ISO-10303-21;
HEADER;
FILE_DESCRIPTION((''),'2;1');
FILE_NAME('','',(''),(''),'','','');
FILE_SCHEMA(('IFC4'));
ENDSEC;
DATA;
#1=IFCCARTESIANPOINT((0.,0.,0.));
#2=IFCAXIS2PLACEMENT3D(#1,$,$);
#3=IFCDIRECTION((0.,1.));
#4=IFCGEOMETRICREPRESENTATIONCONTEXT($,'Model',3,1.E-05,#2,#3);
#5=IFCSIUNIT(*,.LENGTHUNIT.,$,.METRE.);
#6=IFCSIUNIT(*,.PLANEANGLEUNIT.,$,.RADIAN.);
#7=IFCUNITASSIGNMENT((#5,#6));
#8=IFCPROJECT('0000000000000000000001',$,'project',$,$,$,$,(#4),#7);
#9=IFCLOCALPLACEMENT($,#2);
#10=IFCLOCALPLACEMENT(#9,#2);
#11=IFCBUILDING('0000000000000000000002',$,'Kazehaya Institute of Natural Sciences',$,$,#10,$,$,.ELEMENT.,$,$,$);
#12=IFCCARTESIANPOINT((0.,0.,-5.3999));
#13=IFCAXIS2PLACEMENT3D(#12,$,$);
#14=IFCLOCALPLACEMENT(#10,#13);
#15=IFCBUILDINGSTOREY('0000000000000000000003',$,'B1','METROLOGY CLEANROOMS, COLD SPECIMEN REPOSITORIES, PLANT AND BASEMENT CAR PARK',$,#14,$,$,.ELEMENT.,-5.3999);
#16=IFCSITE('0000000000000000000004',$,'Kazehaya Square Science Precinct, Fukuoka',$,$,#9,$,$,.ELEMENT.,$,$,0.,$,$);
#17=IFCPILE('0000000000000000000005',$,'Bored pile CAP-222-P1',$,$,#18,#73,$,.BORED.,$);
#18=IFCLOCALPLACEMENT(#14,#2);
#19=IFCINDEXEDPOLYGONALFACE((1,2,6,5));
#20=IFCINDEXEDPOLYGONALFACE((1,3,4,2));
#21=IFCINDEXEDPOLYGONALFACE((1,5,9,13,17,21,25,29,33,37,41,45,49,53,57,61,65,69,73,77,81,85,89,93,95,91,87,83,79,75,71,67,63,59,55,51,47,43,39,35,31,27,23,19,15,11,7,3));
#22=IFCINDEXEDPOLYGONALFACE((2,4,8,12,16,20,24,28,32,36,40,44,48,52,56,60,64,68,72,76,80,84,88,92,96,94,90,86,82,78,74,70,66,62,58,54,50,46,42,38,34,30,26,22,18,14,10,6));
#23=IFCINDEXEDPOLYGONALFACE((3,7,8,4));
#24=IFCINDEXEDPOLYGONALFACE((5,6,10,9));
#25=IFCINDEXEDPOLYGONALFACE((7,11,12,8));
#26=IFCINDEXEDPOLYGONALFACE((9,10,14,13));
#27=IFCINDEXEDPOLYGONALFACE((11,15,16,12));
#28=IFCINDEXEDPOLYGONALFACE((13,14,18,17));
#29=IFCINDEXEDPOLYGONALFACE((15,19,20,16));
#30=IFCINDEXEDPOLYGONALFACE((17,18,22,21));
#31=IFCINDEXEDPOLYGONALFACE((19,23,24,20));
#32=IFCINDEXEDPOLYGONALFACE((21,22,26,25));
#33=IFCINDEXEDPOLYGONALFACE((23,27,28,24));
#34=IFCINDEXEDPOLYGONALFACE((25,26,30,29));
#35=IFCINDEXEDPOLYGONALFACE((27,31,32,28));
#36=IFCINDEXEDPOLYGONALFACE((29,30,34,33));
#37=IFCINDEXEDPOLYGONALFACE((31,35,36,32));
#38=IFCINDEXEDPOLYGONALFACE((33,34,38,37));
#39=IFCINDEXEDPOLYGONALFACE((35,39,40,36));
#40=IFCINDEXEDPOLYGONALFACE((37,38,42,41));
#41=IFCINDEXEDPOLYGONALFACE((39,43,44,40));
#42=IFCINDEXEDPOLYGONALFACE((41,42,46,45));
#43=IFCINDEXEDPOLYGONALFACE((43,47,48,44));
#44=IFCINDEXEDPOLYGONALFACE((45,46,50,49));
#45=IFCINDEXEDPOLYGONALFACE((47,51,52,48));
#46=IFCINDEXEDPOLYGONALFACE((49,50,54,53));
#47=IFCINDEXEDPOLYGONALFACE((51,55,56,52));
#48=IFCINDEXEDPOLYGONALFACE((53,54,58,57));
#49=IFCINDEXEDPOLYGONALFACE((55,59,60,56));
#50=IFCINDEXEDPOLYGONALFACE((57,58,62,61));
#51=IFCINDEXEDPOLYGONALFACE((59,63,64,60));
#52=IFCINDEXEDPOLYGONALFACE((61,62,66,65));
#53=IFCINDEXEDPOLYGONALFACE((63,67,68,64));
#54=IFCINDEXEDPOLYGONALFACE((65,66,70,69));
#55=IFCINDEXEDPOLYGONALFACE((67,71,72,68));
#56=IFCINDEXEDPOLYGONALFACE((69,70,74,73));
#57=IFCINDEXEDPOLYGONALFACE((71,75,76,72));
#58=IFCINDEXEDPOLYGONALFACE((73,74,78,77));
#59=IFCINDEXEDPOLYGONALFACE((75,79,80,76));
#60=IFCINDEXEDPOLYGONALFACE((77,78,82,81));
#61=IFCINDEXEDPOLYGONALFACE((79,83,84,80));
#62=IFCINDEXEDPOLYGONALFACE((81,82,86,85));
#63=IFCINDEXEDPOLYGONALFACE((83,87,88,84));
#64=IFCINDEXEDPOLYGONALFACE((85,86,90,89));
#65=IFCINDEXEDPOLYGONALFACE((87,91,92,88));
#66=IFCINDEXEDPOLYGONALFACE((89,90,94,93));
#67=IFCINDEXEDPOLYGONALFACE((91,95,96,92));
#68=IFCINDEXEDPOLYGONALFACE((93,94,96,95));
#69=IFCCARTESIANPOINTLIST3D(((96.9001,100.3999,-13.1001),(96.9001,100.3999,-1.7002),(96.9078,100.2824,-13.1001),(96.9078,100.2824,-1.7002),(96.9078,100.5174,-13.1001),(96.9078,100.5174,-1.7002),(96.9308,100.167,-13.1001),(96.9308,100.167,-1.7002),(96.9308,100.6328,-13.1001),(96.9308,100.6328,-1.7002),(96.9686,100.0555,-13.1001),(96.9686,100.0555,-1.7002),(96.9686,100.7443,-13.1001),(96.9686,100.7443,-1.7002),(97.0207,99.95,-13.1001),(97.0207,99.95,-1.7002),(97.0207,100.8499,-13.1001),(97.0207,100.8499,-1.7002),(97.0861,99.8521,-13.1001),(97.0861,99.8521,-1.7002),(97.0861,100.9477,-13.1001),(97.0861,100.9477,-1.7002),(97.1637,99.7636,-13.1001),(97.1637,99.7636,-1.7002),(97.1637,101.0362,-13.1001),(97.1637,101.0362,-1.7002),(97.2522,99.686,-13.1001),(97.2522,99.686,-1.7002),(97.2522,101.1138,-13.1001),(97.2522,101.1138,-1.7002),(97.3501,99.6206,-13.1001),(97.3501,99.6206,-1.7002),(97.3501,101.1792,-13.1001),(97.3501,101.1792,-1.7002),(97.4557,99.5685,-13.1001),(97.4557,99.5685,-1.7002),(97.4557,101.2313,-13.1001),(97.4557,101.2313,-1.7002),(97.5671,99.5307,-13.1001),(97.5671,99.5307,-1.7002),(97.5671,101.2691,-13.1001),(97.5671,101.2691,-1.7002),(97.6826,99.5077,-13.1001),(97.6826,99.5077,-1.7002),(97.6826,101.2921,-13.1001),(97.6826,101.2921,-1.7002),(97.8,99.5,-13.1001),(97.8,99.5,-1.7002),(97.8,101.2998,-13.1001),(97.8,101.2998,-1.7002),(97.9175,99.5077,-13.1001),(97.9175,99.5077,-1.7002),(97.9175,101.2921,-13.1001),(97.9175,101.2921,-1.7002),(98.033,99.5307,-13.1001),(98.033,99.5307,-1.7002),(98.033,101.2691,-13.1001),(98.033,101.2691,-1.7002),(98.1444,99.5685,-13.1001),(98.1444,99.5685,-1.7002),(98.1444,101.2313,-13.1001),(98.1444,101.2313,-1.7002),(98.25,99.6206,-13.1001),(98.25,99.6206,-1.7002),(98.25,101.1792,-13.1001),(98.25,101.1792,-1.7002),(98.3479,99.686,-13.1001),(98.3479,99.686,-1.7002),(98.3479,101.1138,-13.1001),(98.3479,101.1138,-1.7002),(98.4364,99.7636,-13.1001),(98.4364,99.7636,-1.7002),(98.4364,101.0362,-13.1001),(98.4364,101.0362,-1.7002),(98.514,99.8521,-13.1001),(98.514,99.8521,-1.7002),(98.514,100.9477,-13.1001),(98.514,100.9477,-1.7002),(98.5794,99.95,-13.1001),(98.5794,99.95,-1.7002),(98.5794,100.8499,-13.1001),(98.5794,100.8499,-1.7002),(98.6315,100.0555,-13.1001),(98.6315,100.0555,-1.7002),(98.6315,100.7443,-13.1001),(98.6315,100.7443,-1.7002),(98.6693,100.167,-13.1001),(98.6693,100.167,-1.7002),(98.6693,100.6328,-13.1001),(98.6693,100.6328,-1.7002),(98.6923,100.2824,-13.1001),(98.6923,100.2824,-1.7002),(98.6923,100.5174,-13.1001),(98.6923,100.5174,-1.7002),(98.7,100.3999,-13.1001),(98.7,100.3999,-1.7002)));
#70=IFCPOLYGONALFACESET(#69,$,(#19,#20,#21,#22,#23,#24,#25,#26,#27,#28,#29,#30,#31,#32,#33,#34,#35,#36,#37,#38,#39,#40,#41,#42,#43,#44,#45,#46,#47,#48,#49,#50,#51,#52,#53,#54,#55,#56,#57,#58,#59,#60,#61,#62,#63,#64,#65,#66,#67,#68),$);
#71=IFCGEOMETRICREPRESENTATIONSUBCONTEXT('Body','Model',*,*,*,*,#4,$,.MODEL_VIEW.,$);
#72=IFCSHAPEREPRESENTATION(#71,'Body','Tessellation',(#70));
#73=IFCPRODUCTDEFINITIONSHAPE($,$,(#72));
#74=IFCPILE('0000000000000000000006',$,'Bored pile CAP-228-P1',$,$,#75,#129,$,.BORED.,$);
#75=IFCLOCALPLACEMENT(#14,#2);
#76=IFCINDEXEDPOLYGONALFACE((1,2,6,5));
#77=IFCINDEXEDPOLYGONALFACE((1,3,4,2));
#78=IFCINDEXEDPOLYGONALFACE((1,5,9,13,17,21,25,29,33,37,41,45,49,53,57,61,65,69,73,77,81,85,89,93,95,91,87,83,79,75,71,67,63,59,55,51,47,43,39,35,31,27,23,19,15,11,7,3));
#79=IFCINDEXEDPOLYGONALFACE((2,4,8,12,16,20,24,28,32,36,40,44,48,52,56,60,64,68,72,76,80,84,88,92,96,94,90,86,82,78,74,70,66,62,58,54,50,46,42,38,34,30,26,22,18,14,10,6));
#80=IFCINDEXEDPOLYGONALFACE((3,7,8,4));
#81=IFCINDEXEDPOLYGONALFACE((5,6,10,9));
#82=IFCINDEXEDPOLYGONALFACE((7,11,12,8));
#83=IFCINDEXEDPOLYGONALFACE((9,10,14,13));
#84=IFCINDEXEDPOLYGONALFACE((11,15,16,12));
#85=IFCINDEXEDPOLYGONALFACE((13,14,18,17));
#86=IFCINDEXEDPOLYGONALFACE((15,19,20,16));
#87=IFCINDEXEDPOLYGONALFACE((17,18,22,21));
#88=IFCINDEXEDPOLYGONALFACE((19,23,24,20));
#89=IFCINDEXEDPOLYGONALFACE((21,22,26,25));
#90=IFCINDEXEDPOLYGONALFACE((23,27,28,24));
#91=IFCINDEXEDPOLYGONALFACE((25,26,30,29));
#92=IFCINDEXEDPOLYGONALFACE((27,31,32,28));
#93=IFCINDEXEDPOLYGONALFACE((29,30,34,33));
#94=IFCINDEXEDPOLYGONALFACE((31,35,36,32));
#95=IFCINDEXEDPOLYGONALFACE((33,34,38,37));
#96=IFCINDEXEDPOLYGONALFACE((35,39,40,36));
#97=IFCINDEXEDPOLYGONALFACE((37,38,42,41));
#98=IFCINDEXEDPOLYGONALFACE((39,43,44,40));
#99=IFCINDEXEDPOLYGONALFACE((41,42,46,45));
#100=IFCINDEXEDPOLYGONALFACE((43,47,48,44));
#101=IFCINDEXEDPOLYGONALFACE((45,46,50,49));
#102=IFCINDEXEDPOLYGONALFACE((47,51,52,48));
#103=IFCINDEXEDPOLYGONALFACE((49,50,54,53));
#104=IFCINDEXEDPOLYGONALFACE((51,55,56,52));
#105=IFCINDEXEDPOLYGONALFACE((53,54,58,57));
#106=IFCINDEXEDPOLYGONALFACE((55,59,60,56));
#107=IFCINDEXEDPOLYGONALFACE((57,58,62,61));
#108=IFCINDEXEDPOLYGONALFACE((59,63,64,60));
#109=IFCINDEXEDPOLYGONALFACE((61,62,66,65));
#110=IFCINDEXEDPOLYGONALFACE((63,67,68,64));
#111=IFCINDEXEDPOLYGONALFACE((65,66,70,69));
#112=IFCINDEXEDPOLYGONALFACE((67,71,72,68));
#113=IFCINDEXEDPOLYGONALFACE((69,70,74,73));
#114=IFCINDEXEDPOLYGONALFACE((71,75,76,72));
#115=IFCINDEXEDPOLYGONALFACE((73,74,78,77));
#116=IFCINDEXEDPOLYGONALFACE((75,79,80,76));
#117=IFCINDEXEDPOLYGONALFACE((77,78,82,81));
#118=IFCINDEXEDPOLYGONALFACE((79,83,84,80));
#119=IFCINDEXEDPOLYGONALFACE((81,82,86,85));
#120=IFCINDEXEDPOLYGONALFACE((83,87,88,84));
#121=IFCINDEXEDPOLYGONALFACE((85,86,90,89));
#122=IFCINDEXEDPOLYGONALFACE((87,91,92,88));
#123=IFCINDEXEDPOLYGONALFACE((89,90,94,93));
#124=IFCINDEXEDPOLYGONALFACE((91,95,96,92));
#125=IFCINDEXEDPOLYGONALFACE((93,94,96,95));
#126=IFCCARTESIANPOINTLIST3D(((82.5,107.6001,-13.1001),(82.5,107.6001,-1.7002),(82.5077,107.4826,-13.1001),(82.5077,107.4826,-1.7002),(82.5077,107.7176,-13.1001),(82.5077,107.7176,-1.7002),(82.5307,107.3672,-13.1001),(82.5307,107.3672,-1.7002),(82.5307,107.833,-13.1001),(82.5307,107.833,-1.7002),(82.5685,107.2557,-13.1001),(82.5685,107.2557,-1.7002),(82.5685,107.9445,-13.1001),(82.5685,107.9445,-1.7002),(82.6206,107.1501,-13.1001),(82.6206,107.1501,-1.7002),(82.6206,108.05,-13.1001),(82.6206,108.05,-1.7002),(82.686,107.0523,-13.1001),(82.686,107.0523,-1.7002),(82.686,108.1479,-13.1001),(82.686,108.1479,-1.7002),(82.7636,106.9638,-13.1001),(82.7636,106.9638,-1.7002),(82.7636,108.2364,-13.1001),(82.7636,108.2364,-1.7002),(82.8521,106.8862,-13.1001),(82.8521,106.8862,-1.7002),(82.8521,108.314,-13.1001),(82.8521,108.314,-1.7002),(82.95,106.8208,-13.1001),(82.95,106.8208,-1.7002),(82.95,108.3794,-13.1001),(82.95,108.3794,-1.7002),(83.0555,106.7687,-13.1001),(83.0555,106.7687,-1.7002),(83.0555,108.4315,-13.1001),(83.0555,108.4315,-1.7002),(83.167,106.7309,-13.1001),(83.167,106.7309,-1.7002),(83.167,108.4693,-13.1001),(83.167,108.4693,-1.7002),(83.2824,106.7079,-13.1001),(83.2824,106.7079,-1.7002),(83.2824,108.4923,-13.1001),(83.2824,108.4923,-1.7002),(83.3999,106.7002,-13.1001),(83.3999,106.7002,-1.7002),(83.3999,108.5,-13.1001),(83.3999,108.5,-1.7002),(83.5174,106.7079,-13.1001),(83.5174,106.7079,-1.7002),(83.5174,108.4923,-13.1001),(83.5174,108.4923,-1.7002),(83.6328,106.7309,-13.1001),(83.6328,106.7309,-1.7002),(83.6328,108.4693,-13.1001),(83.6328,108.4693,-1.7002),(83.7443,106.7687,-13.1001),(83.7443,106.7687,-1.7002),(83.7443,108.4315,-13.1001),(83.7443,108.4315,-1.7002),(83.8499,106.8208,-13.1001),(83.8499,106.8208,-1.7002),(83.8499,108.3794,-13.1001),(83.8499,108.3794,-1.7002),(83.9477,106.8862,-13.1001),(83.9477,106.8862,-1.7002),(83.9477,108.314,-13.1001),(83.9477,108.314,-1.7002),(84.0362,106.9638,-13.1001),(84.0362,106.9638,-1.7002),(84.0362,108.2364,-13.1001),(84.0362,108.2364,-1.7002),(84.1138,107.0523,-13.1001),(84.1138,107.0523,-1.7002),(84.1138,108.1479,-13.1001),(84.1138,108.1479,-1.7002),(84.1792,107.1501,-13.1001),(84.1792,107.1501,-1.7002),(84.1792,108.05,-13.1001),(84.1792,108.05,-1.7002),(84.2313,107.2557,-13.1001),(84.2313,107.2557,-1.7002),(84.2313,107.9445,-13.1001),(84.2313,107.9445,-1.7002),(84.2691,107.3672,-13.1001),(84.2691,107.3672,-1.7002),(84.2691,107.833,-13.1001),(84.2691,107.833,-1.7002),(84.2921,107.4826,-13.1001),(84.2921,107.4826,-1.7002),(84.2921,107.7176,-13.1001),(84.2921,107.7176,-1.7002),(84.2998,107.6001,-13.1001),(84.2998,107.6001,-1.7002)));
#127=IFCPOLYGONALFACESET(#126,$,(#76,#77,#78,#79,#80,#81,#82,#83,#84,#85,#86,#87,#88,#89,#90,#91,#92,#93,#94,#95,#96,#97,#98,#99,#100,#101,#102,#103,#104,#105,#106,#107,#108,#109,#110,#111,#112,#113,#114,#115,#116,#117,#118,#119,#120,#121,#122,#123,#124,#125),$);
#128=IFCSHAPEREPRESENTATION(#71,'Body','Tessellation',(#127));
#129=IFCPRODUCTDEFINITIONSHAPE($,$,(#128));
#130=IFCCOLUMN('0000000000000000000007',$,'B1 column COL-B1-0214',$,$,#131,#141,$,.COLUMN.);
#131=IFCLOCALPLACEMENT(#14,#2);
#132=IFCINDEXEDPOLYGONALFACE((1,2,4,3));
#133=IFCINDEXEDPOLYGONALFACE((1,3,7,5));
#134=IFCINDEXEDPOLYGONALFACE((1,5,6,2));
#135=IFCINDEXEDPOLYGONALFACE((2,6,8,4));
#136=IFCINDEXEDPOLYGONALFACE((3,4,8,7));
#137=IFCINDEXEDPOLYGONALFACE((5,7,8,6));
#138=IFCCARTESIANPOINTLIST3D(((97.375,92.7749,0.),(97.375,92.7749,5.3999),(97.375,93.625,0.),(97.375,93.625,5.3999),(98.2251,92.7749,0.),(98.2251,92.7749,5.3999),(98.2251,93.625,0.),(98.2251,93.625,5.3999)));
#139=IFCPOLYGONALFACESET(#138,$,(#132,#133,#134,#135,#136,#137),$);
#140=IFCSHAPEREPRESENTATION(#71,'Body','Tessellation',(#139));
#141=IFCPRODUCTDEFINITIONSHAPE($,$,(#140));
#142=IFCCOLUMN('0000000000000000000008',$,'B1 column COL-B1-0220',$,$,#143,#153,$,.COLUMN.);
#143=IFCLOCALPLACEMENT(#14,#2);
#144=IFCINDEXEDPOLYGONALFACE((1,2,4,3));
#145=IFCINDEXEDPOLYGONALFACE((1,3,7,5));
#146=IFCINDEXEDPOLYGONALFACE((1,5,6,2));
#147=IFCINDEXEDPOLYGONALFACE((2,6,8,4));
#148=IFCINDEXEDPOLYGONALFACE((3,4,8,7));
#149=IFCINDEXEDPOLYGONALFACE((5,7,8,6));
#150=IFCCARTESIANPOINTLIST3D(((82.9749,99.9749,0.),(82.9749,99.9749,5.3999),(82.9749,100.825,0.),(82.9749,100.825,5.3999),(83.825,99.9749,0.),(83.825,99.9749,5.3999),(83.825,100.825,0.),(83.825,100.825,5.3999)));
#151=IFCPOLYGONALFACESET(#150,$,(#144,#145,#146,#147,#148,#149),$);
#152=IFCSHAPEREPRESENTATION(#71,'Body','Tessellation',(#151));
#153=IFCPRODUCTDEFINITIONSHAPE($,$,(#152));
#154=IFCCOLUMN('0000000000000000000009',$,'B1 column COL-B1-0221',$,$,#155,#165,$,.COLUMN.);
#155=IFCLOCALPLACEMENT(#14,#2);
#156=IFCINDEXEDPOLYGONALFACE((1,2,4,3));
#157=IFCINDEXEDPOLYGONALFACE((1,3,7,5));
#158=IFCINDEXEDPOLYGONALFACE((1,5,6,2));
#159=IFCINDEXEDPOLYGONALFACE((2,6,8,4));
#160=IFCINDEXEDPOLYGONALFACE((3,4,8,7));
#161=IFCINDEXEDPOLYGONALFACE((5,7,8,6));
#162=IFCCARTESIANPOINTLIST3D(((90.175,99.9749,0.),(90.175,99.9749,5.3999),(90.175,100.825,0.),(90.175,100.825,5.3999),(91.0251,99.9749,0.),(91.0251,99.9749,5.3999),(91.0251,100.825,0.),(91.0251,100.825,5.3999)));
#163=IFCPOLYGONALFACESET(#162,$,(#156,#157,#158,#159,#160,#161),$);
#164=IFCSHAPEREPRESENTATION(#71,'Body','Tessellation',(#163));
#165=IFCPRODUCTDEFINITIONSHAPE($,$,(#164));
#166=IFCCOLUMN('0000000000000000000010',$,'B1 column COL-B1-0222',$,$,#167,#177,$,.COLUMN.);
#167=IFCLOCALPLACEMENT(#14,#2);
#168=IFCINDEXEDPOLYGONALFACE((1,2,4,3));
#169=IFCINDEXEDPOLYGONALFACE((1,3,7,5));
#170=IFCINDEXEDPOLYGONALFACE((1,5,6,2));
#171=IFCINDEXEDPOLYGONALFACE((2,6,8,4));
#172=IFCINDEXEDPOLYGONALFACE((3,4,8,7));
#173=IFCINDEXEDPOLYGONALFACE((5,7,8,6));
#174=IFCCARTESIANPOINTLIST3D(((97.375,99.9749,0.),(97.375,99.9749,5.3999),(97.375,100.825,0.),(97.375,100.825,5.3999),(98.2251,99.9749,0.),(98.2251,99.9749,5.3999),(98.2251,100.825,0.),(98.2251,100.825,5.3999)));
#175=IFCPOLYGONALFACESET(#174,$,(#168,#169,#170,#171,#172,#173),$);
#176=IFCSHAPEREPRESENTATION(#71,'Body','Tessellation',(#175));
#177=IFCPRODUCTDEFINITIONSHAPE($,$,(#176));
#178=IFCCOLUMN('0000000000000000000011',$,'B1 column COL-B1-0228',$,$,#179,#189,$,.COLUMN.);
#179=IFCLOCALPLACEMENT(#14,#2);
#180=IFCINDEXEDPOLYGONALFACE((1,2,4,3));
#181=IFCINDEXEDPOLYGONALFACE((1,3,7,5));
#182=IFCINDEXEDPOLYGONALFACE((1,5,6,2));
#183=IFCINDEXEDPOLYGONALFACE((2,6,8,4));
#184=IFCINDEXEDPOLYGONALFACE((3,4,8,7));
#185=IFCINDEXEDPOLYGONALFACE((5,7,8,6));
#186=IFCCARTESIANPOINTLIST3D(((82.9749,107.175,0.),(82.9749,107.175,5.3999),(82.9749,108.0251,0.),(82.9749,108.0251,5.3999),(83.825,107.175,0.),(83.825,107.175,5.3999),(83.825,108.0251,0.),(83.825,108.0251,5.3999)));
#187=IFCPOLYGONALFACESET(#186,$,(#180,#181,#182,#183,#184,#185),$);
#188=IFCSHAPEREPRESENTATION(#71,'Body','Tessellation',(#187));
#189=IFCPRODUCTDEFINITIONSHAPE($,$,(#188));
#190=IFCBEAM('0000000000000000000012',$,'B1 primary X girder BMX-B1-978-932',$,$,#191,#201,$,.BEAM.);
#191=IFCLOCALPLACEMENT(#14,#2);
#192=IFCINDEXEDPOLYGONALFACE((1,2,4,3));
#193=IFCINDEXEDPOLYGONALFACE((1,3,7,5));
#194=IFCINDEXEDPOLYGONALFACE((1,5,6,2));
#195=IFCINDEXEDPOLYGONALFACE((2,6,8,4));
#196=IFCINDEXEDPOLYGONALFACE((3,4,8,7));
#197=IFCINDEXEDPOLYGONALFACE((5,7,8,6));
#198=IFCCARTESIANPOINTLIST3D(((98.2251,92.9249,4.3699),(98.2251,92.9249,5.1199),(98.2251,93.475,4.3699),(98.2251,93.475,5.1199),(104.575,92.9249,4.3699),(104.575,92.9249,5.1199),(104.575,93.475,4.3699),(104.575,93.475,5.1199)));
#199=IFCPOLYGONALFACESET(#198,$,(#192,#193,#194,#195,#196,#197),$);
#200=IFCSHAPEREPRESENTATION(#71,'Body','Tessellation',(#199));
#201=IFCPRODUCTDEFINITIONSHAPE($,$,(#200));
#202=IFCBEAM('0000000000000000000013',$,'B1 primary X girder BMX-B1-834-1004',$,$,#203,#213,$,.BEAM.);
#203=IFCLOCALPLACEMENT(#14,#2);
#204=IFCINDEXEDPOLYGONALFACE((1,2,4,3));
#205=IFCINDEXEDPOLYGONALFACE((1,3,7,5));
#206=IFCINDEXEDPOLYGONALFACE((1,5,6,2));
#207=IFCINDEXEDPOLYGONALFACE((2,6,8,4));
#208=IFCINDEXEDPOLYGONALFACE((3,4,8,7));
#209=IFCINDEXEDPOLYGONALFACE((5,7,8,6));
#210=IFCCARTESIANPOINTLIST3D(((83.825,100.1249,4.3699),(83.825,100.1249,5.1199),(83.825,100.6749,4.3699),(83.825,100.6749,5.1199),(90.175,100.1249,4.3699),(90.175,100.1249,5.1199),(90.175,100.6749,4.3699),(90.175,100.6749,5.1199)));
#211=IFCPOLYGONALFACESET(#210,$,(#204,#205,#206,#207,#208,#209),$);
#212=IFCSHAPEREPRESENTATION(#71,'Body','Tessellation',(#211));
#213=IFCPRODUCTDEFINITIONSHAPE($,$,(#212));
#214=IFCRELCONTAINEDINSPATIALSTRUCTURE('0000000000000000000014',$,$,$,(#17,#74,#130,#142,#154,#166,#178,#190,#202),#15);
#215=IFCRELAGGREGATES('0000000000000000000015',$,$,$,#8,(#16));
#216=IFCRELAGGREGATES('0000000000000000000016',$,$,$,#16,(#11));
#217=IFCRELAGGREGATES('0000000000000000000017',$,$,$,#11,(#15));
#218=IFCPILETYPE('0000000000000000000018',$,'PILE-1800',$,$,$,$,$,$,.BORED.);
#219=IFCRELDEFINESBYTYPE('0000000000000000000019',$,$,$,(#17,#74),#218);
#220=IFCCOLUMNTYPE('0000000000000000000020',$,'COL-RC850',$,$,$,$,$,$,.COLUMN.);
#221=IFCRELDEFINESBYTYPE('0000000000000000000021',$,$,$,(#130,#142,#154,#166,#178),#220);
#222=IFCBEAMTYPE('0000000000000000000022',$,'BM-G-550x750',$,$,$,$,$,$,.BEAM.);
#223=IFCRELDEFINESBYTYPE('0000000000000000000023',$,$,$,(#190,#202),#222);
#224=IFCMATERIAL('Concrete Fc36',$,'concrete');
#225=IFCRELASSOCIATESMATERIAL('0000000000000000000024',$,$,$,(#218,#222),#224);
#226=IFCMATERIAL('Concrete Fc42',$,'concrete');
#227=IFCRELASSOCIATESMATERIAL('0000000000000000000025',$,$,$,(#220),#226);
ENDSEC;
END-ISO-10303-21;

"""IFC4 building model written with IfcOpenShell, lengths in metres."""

from ifc_helpers import new_model, si_unit, direction, frame, origin, origin_2d, place, context, subcontext, project, spatial, rectangle, circle, extrude, material, material_profile, profile_set, type_object, element, save


model = new_model("IFC4")

# Units and contexts
model_context = context("Model", 3, precision=1e-05, world=origin(), true_north=direction((0.0, 1.0)))
body_context = subcontext(model_context, "Body", "Model", "MODEL_VIEW")
ifc_project = project(units=[si_unit("LENGTHUNIT", "METRE"), si_unit("PLANEANGLEUNIT", "RADIAN")], contexts=[model_context])

# Site, building, storey
site_placement = place(None, origin())
site = spatial("IfcSite", under=ifc_project, at=site_placement, Name="Kazehaya Square Science Precinct, Fukuoka", CompositionType="ELEMENT", RefElevation=0.0)
building_placement = place(site_placement, origin())
building = spatial("IfcBuilding", under=site, at=building_placement, Name="Kazehaya Institute of Natural Sciences", CompositionType="ELEMENT")
storey_placement = place(building_placement, frame((0.0, 0.0, -5.3999)))
storey = spatial("IfcBuildingStorey", under=building, at=storey_placement, Name="B1", Description="METROLOGY CLEANROOMS, COLD SPECIMEN REPOSITORIES, PLANT AND BASEMENT CAR PARK", CompositionType="ELEMENT", Elevation=-5.3999)

# Shared definitions
ifc_material_1 = material(Name="Concrete Fc36", Category="concrete")

# Piles
ifc_material_profile_1 = material_profile(ifc_material_1, circle(Radius=0.8999, at=origin_2d()), Name="PILE-1800")
ifc_profile_set_1 = profile_set([ifc_material_profile_1], Name="Concrete Fc36")
pile_type_1 = type_object("IfcPileType", Name="PILE-1800", PredefinedType="BORED", material=ifc_profile_set_1)
for number, where, z_axis, x_axis, name in (
    (1, (97.8, 100.3999, -1.7002), (0.0, 0.0, -1.0), (1.0, 0.0, 0.0), "Bored pile CAP-222-P1"),
    (2, (83.3999, 107.6001, -1.7002), (0.0, 0.0, -1.0), (1.0, 0.0, 0.0), "Bored pile CAP-228-P1"),
):
    element("IfcPile", number, at=place(storey_placement, frame(where, z_axis=z_axis, x_axis=x_axis)), inside=storey, type_object=pile_type_1, Name=name, PredefinedType="BORED", context=body_context, shape_type="SweptSolid", body=[
        extrude(circle(Radius=0.8999, at=origin_2d()), origin(), (0.0, 0.0, 1.0), 11.3999),
    ])

# Columns
ifc_material_2 = material(Name="Concrete Fc42", Category="concrete")
ifc_material_profile_2 = material_profile(ifc_material_2, rectangle(XDim=0.8501, YDim=0.8501, at=origin_2d()), Name="RC-850x850")
ifc_profile_set_2 = profile_set([ifc_material_profile_2], Name="Concrete Fc42")
column_type = type_object("IfcColumnType", Name="COL-RC850", PredefinedType="COLUMN", material=ifc_profile_set_2)
for number, where, z_axis, x_axis, name in (
    (3, (97.8, 93.2, 0.0), (0.0, 0.0, 1.0), (1.0, 0.0, 0.0), "B1 column COL-B1-0214"),
    (4, (83.3999, 100.3999, 0.0), (0.0, 0.0, 1.0), (1.0, 0.0, 0.0), "B1 column COL-B1-0220"),
    (5, (90.6001, 100.3999, 0.0), (0.0, 0.0, 1.0), (1.0, 0.0, 0.0), "B1 column COL-B1-0221"),
    (6, (97.8, 100.3999, 0.0), (0.0, 0.0, 1.0), (1.0, 0.0, 0.0), "B1 column COL-B1-0222"),
    (7, (83.3999, 107.6001, 0.0), (0.0, 0.0, 1.0), (1.0, 0.0, 0.0), "B1 column COL-B1-0228"),
):
    element("IfcColumn", number, at=place(storey_placement, frame(where, z_axis=z_axis, x_axis=x_axis)), inside=storey, type_object=column_type, Name=name, PredefinedType="COLUMN", context=body_context, shape_type="SweptSolid", body=[
        extrude(rectangle(XDim=0.8501, YDim=0.8501, at=origin_2d()), origin(), (0.0, 0.0, 1.0), 5.3999),
    ])

# Beams
ifc_material_profile_3 = material_profile(ifc_material_1, rectangle(XDim=0.55, YDim=0.75, at=origin_2d()), Name="RC-550x750")
ifc_profile_set_3 = profile_set([ifc_material_profile_3], Name="Concrete Fc36")
beam_type_1 = type_object("IfcBeamType", Name="BM-G-550x750", PredefinedType="BEAM", material=ifc_profile_set_3)
beam_1_placement = place(storey_placement, frame((98.2251, 93.2, 4.7449), z_axis=(1.0, 0.0, 0.0), x_axis=(0.0, 1.0, 0.0)))
element("IfcBeam", 8, at=beam_1_placement, inside=storey, type_object=beam_type_1, Name="B1 primary X girder BMX-B1-978-932", PredefinedType="BEAM", context=body_context, shape_type="SweptSolid", body=[
    extrude(rectangle(XDim=0.55, YDim=0.75, at=origin_2d()), origin(), (0.0, 0.0, 1.0), 6.3499),
])
for number, where, z_axis, x_axis, name in (
    (9, (83.825, 100.3999, 4.7449), (1.0, 0.0, 0.0), (0.0, 1.0, 0.0), "B1 primary X girder BMX-B1-834-1004"),
):
    element("IfcBeam", number, at=place(storey_placement, frame(where, z_axis=z_axis, x_axis=x_axis)), inside=storey, type_object=beam_type_1, Name=name, PredefinedType="BEAM", context=body_context, shape_type="SweptSolid", body=[
        extrude(rectangle(XDim=0.55, YDim=0.75, at=origin_2d()), origin(), (0.0, 0.0, 1.0), 6.3501),
    ])

save(model, "model.ifc")
